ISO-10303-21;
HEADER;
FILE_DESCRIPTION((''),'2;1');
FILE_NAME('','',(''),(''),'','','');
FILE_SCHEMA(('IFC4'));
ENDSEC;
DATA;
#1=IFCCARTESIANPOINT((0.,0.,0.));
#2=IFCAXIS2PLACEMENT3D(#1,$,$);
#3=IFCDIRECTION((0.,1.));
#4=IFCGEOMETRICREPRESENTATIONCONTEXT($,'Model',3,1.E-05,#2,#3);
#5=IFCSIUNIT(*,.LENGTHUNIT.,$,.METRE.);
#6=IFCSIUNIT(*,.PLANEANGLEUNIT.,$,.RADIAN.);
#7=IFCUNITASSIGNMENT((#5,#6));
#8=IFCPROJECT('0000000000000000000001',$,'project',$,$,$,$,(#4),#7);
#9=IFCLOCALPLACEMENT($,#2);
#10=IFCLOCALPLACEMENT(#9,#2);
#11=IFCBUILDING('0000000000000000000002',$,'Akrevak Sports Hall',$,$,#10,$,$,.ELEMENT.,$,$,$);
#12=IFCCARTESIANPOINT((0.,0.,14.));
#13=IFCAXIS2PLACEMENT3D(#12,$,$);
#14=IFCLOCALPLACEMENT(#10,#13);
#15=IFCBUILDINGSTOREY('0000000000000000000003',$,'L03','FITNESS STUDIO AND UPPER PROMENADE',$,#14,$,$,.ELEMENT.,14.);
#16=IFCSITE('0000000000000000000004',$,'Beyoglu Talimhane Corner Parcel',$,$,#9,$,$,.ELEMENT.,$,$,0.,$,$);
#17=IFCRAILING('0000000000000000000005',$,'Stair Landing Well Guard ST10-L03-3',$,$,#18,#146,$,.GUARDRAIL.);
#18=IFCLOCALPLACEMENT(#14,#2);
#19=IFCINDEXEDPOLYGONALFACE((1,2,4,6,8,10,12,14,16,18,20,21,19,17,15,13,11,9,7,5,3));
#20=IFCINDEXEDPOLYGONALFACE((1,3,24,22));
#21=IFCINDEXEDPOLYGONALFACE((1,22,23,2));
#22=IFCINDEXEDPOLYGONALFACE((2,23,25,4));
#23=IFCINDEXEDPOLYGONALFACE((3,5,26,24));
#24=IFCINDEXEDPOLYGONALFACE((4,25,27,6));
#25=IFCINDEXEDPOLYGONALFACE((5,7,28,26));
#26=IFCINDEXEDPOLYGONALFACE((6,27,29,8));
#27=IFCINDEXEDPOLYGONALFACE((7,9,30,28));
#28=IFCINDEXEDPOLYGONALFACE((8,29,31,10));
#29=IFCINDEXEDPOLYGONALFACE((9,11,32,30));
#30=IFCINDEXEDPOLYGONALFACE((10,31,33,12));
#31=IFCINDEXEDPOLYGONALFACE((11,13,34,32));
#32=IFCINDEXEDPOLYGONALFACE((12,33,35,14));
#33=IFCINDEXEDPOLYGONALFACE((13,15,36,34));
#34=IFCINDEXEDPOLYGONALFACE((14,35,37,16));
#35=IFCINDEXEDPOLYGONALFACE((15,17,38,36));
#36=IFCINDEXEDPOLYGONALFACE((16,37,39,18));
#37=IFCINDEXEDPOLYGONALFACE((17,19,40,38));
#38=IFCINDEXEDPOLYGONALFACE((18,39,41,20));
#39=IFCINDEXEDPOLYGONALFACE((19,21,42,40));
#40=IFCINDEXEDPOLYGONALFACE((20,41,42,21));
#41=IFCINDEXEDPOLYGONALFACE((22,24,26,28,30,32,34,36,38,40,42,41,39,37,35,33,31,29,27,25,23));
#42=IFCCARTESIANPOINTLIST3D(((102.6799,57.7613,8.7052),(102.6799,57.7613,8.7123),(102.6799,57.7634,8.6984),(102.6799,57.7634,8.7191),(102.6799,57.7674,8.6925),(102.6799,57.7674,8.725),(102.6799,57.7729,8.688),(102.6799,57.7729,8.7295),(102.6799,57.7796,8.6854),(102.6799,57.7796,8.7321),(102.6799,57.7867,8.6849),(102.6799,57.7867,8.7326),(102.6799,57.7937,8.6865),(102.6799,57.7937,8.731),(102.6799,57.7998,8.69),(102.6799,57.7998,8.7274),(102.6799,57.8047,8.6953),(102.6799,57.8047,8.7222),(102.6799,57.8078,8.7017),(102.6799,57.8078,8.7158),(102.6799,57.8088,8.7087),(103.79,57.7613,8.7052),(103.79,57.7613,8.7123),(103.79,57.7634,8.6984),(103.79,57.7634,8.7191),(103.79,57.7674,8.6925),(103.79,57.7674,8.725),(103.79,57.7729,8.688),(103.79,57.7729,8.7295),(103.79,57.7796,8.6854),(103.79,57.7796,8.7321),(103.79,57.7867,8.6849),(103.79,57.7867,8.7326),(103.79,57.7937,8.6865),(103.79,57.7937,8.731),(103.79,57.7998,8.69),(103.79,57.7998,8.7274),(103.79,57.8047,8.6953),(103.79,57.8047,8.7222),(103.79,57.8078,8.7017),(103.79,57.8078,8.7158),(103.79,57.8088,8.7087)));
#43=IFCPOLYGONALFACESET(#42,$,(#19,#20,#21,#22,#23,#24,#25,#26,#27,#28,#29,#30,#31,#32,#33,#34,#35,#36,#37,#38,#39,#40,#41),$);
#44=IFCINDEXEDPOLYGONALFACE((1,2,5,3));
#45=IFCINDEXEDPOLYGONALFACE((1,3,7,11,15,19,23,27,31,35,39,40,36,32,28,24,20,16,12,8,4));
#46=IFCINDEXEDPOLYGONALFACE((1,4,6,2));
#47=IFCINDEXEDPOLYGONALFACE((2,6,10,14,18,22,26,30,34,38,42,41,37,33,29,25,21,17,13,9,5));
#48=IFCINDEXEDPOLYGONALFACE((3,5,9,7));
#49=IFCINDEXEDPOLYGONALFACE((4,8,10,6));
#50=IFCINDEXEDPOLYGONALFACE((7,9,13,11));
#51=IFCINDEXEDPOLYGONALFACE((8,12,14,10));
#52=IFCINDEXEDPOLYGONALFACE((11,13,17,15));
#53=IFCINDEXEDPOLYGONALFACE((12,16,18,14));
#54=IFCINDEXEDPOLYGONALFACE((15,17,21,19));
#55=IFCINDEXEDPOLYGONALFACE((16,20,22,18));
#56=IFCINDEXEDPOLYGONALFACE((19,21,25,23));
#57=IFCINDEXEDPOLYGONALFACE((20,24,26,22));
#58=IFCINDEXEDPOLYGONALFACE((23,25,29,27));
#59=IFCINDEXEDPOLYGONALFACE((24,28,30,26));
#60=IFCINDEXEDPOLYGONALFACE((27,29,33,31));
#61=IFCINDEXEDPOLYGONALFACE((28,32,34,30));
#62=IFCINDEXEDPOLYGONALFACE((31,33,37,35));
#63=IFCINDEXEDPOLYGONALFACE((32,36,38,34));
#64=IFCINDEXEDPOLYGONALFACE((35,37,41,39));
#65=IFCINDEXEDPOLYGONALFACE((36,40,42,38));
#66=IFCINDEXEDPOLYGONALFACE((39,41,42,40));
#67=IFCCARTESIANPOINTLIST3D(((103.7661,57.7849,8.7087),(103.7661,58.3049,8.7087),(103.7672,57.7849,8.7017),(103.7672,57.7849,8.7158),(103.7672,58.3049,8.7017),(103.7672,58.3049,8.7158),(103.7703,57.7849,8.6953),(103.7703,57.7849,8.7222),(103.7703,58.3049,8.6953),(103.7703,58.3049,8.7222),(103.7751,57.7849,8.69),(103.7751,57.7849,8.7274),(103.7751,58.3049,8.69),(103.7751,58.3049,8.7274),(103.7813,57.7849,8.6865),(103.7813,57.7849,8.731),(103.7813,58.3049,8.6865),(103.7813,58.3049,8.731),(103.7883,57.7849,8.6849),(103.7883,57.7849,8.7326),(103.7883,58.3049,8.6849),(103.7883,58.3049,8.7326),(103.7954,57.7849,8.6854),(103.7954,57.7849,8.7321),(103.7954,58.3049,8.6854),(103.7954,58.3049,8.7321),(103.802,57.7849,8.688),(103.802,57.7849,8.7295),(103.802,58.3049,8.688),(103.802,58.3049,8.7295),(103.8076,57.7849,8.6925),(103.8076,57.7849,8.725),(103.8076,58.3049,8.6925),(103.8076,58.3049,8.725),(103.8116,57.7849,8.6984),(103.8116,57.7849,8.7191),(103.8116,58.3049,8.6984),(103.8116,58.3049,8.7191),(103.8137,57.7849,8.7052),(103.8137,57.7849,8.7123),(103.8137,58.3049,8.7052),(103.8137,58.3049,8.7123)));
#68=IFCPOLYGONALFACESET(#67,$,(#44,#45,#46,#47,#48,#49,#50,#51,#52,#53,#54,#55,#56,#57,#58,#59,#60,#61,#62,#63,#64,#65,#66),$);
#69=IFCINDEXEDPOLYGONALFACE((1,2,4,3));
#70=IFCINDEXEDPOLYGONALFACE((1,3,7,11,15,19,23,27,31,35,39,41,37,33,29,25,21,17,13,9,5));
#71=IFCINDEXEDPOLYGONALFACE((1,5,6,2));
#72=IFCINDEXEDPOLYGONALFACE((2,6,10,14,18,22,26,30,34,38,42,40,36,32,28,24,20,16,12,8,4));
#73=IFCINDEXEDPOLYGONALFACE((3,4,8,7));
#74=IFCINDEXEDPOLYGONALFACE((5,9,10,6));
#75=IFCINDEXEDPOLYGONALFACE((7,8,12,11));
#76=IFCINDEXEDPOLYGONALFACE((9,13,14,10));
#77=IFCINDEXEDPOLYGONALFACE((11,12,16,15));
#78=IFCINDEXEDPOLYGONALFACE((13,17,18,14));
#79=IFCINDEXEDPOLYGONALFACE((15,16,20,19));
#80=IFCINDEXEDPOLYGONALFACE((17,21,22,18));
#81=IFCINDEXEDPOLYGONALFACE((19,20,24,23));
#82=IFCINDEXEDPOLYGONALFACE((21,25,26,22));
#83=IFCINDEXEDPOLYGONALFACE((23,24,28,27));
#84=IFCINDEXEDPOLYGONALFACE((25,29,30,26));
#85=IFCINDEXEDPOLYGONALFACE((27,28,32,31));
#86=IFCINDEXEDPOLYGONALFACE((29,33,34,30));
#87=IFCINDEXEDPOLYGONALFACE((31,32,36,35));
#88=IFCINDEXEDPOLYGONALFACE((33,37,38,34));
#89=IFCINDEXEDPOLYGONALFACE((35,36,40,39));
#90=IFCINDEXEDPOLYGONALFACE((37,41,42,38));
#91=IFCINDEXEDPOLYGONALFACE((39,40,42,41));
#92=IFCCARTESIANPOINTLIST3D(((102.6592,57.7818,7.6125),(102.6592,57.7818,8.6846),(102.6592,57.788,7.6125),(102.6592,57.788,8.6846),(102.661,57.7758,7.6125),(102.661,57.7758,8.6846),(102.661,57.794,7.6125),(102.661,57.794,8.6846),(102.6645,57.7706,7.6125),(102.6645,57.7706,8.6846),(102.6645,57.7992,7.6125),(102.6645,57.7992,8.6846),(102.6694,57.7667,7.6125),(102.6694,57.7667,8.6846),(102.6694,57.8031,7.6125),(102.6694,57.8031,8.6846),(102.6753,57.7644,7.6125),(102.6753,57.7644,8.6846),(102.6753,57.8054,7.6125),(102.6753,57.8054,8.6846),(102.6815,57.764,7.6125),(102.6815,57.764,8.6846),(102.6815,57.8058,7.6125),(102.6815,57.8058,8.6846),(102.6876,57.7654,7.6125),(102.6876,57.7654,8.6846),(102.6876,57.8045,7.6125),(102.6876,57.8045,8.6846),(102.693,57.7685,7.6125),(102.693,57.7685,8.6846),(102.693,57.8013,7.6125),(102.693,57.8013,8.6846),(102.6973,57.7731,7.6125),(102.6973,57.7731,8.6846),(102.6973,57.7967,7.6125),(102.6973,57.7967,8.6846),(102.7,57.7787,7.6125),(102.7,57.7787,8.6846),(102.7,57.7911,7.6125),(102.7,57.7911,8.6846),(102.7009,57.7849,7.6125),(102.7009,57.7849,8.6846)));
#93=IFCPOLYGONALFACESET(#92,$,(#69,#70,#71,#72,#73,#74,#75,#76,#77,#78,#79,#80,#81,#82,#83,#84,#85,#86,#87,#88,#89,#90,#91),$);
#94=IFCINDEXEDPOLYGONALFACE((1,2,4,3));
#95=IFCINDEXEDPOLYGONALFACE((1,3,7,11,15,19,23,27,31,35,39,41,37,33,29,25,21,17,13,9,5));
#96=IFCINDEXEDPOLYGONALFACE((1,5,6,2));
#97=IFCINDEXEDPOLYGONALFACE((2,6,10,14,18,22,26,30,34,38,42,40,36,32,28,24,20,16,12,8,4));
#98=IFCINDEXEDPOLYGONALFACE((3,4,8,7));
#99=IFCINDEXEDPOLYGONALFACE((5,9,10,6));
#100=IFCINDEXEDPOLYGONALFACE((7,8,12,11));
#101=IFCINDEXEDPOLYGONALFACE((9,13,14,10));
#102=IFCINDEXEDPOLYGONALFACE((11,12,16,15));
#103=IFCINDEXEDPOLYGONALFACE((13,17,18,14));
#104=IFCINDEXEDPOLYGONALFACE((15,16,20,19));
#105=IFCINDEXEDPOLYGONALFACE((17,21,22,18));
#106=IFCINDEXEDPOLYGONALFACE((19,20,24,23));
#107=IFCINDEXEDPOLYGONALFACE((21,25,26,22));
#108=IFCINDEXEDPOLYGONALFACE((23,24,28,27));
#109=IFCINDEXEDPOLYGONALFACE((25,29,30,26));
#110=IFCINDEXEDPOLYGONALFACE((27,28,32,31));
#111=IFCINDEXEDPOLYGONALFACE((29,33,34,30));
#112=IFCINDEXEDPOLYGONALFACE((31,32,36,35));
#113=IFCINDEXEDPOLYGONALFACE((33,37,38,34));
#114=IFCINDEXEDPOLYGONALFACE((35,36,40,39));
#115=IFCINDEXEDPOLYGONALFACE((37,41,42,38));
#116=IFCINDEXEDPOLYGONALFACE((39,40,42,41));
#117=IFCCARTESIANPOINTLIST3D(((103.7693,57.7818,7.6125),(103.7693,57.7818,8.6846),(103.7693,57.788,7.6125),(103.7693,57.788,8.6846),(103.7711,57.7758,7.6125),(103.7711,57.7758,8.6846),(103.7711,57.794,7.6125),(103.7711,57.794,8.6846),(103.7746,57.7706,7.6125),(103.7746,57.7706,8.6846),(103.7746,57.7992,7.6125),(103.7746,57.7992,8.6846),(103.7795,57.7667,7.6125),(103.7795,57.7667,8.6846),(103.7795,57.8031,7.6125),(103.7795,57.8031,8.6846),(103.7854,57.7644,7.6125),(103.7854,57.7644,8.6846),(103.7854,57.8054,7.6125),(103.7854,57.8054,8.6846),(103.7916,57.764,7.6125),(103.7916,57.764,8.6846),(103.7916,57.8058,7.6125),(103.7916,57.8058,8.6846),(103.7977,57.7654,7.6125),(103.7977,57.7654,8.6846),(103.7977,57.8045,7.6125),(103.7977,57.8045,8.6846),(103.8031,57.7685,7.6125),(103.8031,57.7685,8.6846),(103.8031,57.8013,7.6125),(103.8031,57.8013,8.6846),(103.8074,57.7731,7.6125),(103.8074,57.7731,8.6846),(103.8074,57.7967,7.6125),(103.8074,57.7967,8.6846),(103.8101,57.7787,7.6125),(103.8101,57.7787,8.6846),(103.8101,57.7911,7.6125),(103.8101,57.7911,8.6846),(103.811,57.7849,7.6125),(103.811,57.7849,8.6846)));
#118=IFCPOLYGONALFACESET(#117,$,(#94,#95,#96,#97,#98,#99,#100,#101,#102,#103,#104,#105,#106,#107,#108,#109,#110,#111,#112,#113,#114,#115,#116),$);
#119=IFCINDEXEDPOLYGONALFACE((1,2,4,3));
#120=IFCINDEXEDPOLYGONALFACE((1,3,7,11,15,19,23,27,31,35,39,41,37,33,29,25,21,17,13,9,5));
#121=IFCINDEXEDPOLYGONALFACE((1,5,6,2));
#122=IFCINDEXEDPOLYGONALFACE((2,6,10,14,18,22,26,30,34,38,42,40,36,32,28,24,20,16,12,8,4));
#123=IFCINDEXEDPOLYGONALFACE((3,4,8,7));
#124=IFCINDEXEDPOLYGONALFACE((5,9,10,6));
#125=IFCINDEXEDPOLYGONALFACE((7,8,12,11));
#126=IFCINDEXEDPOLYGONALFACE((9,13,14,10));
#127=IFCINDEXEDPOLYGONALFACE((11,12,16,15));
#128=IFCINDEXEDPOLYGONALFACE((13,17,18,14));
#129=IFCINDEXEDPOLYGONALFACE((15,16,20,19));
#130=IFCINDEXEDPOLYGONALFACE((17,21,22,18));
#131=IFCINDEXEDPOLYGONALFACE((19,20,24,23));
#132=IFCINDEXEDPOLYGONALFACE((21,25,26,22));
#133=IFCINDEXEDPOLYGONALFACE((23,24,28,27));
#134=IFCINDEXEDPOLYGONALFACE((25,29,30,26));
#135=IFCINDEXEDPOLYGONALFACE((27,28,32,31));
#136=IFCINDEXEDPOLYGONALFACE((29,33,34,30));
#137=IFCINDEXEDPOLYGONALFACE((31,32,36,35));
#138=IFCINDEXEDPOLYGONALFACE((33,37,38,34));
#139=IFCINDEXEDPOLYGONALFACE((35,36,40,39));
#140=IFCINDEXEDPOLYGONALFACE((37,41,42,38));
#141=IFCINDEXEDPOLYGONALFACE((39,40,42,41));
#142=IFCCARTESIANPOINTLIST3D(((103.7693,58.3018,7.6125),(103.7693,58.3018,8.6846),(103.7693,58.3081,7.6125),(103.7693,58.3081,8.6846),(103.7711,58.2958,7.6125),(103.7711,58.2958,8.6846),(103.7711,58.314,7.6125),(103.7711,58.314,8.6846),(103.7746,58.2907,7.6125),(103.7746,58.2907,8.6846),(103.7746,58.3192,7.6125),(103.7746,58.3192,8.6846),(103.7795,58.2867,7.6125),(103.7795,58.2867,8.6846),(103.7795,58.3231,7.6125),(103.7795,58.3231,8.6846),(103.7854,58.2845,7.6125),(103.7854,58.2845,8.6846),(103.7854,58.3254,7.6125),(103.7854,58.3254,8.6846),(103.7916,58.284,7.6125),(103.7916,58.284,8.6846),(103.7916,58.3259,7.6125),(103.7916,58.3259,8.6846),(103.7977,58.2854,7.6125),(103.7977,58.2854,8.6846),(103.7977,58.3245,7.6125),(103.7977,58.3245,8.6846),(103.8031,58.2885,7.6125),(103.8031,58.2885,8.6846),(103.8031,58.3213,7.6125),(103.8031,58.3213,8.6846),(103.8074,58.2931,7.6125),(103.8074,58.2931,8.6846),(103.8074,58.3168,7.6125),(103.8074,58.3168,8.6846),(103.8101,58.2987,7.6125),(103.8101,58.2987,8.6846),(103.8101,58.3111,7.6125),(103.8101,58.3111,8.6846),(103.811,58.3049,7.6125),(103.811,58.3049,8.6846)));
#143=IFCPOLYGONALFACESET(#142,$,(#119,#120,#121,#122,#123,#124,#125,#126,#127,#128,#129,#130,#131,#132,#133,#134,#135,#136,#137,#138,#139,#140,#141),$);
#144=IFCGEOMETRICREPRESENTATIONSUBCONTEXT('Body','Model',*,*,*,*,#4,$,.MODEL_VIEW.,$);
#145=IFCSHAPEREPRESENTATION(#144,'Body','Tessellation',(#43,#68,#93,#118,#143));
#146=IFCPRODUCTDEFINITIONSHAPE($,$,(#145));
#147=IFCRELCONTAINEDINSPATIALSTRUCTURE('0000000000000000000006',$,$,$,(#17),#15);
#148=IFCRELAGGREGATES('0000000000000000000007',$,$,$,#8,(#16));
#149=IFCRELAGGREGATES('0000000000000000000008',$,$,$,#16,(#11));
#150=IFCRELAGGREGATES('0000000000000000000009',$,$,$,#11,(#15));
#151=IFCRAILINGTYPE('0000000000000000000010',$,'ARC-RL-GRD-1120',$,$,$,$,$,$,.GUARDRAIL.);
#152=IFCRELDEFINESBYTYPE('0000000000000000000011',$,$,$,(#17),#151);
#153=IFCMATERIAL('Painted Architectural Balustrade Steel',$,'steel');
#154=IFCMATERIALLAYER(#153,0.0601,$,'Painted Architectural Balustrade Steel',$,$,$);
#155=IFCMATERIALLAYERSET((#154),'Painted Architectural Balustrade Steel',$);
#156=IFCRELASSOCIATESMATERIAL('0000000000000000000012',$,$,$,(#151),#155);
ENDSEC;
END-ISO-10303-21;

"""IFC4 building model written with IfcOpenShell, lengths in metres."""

from ifc_helpers import new_model, si_unit, direction, frame, origin, origin_2d, place, context, subcontext, project, spatial, circle, extrude, material, layer, layer_set, type_object, element, save


model = new_model("IFC4")

# Units and contexts
model_context = context("Model", 3, precision=1e-05, world=origin(), true_north=direction((0.0, 1.0)))
body_context = subcontext(model_context, "Body", "Model", "MODEL_VIEW")
ifc_project = project(units=[si_unit("LENGTHUNIT", "METRE"), si_unit("PLANEANGLEUNIT", "RADIAN")], contexts=[model_context])

# Site, building, storey
site_placement = place(None, origin())
site = spatial("IfcSite", under=ifc_project, at=site_placement, Name="Beyoglu Talimhane Corner Parcel", CompositionType="ELEMENT", RefElevation=0.0)
building_placement = place(site_placement, origin())
building = spatial("IfcBuilding", under=site, at=building_placement, Name="Akrevak Sports Hall", CompositionType="ELEMENT")
storey_placement = place(building_placement, frame((0.0, 0.0, 14.0)))
storey = spatial("IfcBuildingStorey", under=building, at=storey_placement, Name="L03", Description="FITNESS STUDIO AND UPPER PROMENADE", CompositionType="ELEMENT", Elevation=14.0)

# Railing
ifc_material_1 = material(Name="Painted Architectural Balustrade Steel", Category="steel")
ifc_layer_1 = layer(ifc_material_1, 0.0601, Name="Painted Architectural Balustrade Steel")
ifc_layer_set_1 = layer_set([ifc_layer_1], Name="Painted Architectural Balustrade Steel")
railing_type_1 = type_object("IfcRailingType", Name="ARC-RL-GRD-1120", PredefinedType="GUARDRAIL", material=ifc_layer_set_1)
railing_1_placement = place(storey_placement, frame((102.6799, 57.7849, 7.6125)))
element("IfcRailing", 1, at=railing_1_placement, inside=storey, type_object=railing_type_1, Name="Stair Landing Well Guard ST10-L03-3", PredefinedType="GUARDRAIL", context=body_context, shape_type="SweptSolid", body=[
    extrude(circle(Radius=0.0239, at=origin_2d()), frame((0.0, 0.0, 1.0962), z_axis=(1.0, 0.0, 0.0), x_axis=(0.0, 1.0, 0.0)), (0.0, 0.0, 1.0), 1.1101),
    extrude(circle(Radius=0.0239, at=origin_2d()), frame((1.1101, 0.0, 1.0962), z_axis=(0.0, 1.0, 0.0), x_axis=(-1.0, 0.0, 0.0)), (0.0, 0.0, 1.0), 0.52),
    extrude(circle(Radius=0.021, at=origin_2d()), origin(), (0.0, 0.0, 1.0), 1.072),
    extrude(circle(Radius=0.021, at=origin_2d()), frame((1.1101, 0.0, 0.0)), (0.0, 0.0, 1.0), 1.072),
    extrude(circle(Radius=0.021, at=origin_2d()), frame((1.1101, 0.52, 0.0)), (0.0, 0.0, 1.0), 1.072),
])

save(model, "model.ifc")
